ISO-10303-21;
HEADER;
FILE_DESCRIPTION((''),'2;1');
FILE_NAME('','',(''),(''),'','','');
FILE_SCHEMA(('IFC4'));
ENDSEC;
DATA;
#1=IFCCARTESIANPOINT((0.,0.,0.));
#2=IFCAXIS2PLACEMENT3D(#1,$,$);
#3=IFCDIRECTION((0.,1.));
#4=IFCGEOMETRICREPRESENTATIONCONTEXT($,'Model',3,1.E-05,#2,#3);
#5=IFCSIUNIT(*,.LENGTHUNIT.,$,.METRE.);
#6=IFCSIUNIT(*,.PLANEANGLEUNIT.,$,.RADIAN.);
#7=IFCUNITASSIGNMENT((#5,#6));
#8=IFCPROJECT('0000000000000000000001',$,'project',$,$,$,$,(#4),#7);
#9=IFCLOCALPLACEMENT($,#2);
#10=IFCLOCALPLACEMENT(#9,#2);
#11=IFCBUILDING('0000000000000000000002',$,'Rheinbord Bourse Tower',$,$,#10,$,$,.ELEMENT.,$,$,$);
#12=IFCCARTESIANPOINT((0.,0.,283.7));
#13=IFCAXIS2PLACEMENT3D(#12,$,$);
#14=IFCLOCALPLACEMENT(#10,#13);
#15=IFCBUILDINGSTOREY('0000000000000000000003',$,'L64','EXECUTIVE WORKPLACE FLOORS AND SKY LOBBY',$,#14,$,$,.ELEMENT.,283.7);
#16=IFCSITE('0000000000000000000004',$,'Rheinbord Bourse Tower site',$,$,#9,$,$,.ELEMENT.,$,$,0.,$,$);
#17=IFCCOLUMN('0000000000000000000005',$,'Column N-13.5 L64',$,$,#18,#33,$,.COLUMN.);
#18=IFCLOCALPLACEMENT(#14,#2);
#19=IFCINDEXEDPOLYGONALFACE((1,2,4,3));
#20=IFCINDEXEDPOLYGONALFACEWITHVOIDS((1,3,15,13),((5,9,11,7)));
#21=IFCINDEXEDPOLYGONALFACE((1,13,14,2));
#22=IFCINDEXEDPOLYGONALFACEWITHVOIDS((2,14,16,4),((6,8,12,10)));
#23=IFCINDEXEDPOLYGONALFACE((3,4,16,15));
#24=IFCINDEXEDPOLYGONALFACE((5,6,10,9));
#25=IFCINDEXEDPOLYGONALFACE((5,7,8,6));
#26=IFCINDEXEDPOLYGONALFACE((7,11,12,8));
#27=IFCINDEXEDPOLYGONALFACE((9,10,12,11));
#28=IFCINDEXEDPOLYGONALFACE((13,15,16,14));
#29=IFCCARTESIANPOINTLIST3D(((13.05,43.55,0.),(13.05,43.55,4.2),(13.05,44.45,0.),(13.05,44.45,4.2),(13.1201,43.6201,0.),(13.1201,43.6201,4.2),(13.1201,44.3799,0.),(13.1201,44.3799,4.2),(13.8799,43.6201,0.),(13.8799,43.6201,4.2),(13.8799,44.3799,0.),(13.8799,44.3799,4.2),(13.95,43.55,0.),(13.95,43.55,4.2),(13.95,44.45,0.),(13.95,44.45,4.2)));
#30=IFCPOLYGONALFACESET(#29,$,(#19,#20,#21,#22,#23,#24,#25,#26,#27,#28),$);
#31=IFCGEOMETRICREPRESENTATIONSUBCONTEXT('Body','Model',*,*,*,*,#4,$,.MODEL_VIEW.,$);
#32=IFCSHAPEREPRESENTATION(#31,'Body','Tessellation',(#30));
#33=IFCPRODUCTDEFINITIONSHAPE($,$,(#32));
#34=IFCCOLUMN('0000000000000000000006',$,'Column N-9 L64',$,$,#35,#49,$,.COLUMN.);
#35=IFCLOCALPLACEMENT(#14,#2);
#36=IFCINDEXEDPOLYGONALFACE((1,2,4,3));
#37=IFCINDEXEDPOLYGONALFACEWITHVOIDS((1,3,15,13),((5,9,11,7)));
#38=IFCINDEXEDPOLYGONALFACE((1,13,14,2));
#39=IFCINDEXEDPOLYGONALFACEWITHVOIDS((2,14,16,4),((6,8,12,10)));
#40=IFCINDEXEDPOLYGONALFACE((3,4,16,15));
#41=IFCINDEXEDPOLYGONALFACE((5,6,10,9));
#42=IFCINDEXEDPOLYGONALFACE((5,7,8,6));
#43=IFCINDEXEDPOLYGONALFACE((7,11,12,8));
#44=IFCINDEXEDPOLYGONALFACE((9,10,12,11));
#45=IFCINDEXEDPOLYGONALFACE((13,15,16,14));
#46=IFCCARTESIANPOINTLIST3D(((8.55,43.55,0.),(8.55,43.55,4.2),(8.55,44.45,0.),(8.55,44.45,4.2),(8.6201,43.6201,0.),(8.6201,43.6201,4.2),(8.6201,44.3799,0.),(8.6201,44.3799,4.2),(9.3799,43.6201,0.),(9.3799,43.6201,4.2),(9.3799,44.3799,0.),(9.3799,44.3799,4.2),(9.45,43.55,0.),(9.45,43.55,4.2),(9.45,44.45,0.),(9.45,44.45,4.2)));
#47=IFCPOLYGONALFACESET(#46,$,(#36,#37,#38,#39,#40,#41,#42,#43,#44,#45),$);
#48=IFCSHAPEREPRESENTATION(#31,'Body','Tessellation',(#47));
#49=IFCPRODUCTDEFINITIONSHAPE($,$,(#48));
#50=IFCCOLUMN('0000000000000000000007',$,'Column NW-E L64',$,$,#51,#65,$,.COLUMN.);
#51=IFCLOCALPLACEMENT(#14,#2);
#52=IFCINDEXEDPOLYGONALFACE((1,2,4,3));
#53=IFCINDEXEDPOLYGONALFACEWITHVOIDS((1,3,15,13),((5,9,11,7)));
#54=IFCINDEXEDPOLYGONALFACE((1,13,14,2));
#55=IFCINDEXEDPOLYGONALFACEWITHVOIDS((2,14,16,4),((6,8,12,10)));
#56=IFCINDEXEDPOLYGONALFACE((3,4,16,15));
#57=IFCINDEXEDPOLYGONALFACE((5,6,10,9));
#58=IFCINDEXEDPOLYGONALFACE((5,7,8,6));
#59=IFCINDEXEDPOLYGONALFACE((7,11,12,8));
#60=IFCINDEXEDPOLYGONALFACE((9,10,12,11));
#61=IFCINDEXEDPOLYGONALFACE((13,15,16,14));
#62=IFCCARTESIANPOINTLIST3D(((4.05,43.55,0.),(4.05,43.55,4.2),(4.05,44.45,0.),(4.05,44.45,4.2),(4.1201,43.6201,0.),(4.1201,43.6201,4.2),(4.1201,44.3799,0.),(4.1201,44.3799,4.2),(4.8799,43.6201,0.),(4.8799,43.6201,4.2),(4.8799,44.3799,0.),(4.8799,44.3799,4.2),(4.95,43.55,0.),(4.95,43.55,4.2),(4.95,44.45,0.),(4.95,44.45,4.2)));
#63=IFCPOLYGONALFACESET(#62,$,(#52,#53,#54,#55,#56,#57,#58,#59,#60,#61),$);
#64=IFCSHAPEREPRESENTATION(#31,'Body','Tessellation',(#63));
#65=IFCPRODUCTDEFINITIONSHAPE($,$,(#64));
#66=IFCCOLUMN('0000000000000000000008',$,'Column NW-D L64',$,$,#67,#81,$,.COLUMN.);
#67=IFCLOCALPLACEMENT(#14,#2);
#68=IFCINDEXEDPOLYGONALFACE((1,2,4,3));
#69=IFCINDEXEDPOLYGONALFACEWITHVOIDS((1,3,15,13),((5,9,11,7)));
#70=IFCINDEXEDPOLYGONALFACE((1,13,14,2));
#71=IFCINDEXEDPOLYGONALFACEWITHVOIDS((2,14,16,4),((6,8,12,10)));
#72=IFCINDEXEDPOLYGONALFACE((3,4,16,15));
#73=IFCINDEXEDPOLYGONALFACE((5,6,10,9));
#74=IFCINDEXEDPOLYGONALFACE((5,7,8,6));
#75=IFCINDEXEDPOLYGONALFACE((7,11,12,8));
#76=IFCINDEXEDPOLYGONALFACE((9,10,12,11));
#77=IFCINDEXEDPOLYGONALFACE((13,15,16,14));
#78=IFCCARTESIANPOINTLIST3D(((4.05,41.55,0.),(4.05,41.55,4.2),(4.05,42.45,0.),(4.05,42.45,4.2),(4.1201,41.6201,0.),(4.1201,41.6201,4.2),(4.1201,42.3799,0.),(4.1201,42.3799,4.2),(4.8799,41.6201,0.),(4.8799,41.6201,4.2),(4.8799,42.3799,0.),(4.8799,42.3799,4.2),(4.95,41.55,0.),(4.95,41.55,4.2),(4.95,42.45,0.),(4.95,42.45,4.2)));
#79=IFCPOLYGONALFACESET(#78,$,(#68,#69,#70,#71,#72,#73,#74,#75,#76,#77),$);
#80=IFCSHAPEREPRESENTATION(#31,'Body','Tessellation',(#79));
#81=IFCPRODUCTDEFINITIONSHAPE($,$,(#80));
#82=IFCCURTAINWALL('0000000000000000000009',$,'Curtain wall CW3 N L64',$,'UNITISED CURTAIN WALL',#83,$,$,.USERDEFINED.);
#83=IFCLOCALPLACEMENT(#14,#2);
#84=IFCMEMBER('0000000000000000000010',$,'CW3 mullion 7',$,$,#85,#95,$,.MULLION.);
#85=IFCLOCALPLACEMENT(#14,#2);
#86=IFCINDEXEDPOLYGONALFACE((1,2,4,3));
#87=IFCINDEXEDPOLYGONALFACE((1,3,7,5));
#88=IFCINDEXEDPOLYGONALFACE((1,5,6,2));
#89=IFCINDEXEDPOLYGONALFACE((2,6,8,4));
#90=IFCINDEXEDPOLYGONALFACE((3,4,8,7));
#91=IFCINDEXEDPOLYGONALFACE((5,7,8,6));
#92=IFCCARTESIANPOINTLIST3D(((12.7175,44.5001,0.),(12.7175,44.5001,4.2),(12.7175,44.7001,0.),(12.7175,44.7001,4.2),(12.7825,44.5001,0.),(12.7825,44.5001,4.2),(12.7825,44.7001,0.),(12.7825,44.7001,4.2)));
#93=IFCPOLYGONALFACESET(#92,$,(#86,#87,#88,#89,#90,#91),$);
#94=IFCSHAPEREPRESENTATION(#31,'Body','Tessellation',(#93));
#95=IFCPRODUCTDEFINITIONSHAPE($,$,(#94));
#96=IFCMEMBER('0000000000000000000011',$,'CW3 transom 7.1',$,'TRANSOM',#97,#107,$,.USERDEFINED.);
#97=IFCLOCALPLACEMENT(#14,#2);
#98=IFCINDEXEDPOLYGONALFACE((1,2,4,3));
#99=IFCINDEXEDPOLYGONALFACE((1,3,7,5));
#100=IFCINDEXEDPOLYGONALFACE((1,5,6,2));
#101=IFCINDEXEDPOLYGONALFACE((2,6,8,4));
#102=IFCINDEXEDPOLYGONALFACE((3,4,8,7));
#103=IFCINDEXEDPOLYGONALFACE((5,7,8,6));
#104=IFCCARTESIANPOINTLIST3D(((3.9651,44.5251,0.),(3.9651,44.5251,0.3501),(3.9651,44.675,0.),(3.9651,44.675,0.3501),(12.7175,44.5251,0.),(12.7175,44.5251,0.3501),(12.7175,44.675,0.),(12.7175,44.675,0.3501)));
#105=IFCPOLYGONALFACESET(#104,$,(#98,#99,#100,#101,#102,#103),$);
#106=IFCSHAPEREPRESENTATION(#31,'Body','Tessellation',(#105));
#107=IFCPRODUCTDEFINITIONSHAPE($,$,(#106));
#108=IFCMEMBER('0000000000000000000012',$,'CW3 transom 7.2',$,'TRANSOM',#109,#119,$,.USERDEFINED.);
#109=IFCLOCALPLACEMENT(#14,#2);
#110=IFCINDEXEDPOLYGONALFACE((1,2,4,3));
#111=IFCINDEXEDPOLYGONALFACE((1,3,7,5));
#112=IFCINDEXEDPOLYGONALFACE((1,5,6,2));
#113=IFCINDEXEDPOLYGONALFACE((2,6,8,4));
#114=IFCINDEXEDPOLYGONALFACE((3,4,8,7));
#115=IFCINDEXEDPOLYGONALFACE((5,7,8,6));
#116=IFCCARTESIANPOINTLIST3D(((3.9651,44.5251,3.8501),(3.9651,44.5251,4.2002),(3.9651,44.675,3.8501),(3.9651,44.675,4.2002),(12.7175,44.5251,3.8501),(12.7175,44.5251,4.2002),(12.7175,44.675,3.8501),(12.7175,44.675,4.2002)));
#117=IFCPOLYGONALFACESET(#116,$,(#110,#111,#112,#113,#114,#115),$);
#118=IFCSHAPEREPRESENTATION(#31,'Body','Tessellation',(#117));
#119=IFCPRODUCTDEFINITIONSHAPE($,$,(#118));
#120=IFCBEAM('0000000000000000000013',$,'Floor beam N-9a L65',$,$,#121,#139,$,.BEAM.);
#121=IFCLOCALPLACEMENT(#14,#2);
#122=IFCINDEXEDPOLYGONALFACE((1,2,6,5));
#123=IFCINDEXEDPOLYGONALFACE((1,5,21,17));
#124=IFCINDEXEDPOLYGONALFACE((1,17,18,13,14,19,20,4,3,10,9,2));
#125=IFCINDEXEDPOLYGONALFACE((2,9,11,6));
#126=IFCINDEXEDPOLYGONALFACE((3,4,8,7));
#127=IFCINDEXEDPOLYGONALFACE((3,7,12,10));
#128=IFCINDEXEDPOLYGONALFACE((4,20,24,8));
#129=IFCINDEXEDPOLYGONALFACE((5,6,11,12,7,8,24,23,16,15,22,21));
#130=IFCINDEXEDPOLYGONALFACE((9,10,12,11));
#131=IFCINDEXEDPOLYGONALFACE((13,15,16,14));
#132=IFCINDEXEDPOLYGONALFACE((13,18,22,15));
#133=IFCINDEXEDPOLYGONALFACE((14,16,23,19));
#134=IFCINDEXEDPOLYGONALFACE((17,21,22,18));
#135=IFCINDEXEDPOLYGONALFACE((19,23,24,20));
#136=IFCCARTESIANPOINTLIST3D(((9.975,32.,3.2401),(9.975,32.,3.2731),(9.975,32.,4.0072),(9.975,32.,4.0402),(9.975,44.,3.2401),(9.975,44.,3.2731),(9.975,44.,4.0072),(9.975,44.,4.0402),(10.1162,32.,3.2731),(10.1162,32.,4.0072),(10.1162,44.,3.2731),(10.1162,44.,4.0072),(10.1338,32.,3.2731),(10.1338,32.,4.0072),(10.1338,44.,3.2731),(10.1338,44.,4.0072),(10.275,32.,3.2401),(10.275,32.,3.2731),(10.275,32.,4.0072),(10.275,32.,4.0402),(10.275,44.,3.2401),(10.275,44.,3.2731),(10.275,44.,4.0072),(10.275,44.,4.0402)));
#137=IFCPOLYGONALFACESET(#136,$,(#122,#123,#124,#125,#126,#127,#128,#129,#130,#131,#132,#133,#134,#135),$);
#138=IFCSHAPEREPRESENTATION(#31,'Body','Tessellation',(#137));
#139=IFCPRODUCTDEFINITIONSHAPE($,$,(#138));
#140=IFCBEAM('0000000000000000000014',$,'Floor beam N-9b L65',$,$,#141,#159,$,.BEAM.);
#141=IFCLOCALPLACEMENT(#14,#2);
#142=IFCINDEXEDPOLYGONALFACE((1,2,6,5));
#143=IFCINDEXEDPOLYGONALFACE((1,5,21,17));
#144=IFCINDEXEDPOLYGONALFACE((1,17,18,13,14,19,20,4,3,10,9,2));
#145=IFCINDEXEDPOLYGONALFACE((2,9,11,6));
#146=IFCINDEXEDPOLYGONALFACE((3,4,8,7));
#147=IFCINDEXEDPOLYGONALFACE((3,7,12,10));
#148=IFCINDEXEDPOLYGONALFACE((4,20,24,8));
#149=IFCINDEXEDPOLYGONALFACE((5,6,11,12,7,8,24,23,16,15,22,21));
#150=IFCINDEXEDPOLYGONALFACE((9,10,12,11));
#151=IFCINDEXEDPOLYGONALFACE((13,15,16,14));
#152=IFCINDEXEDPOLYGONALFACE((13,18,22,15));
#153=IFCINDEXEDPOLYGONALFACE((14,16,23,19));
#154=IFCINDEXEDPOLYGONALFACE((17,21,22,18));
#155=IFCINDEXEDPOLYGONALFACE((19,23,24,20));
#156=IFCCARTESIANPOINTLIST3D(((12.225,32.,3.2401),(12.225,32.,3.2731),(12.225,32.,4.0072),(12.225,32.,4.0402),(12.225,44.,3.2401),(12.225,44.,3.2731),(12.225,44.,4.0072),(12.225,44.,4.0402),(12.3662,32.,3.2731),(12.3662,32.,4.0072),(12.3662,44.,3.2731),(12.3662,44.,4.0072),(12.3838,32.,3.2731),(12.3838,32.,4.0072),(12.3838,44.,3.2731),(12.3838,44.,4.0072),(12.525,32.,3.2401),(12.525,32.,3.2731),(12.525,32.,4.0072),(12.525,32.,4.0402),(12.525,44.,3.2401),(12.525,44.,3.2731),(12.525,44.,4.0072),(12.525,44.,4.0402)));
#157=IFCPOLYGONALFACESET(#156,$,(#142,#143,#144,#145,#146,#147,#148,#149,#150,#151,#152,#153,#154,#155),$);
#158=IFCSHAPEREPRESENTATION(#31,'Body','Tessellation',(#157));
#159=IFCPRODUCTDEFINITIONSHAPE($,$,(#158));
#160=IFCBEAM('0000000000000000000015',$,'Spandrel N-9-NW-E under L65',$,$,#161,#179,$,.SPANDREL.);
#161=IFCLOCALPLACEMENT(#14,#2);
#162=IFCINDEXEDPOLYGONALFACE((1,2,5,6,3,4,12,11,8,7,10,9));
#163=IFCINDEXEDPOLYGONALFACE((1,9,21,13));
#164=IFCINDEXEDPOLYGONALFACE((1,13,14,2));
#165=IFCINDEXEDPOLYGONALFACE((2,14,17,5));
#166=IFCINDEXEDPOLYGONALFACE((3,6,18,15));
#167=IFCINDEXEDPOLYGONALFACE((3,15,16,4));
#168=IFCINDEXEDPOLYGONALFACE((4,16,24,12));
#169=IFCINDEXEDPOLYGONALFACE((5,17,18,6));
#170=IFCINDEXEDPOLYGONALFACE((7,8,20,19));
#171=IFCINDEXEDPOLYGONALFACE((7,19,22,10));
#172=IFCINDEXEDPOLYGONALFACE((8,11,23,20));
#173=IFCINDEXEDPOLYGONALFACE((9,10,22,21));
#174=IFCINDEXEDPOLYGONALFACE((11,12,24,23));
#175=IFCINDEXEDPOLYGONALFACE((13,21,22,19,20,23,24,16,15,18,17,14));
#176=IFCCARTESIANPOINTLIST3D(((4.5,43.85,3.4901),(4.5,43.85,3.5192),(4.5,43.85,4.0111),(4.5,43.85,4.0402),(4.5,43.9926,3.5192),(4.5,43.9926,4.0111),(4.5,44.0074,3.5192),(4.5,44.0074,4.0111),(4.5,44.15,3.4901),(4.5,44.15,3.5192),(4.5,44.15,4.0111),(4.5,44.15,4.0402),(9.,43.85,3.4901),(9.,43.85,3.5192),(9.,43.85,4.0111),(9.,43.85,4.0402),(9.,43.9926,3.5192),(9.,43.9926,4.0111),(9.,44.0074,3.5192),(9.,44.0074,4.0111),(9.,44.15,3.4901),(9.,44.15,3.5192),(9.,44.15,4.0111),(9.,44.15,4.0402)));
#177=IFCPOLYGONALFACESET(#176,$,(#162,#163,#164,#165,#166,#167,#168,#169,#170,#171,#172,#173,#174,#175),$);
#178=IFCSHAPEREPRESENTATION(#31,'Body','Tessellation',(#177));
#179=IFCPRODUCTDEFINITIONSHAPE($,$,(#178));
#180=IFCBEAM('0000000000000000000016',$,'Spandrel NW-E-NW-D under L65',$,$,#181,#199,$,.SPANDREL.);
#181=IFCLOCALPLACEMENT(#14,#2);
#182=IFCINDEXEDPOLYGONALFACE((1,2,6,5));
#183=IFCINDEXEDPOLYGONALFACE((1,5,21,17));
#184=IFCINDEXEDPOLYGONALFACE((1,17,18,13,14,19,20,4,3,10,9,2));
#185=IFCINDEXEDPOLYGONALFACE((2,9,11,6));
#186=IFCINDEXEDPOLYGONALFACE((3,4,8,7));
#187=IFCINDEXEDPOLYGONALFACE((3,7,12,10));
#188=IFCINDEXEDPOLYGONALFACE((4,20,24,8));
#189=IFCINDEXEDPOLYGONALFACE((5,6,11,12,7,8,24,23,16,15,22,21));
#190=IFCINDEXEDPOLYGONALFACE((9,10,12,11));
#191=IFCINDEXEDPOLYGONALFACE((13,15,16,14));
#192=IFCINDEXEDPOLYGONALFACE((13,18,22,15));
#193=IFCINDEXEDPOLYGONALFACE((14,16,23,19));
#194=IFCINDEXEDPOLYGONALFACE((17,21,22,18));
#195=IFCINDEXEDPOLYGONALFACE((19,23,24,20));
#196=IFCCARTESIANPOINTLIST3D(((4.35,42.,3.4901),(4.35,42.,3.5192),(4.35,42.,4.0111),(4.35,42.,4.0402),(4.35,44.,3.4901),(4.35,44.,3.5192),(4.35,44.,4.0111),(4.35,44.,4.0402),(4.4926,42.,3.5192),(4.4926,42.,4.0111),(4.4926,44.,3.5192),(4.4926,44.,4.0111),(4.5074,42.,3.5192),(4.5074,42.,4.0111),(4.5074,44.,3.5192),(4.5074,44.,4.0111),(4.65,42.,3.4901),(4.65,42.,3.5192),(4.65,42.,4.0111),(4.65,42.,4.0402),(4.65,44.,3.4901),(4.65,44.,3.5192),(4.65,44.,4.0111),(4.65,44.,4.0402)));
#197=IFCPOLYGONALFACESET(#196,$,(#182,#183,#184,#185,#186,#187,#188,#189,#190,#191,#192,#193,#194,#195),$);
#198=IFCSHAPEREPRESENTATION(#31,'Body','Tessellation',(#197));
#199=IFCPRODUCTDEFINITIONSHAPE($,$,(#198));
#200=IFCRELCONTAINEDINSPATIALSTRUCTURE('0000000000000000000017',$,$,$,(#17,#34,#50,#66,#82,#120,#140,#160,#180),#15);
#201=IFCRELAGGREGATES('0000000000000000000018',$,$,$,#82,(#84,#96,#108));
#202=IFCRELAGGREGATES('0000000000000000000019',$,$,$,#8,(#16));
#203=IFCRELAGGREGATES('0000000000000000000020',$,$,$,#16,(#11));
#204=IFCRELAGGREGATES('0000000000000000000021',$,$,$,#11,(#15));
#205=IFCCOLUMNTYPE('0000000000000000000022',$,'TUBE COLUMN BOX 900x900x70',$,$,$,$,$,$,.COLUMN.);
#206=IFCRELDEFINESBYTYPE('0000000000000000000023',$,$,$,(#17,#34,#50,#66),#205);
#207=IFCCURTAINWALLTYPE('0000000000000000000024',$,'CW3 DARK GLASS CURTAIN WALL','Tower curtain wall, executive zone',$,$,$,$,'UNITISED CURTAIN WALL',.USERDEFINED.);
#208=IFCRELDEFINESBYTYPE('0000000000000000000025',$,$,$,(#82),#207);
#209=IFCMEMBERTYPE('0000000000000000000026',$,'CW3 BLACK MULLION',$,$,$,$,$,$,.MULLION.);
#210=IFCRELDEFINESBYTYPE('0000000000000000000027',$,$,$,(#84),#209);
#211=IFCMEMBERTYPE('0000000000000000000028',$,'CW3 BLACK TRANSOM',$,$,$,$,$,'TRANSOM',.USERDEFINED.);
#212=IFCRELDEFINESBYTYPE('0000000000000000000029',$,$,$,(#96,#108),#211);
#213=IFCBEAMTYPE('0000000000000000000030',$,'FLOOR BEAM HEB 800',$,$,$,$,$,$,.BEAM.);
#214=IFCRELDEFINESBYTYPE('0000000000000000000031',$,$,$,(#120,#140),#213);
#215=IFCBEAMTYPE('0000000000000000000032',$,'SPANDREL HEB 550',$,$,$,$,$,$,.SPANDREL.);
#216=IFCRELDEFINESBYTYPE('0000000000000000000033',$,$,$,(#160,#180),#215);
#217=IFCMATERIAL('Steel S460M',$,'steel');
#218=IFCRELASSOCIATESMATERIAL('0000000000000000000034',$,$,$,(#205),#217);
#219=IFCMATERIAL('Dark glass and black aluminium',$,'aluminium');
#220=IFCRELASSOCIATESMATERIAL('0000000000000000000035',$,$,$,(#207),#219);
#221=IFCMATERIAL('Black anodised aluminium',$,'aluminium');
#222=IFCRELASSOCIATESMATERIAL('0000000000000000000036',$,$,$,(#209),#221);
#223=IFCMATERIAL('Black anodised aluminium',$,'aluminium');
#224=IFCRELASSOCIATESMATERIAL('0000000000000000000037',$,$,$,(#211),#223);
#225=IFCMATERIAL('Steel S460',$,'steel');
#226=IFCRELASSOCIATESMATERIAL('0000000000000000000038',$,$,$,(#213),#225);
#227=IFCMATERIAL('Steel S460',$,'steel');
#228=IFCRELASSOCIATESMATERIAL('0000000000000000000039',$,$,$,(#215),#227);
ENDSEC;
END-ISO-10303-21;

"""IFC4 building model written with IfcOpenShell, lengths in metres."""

from ifc_helpers import new_model, si_unit, direction, frame, origin, origin_2d, place, context, subcontext, project, spatial, rectangle, hollow_rectangle, i_section, extrude, material, material_profile, profile_set, type_object, element, aggregate, save


model = new_model("IFC4")

# Units and contexts
model_context = context("Model", 3, precision=1e-05, world=origin(), true_north=direction((0.0, 1.0)))
body_context = subcontext(model_context, "Body", "Model", "MODEL_VIEW")
ifc_project = project(units=[si_unit("LENGTHUNIT", "METRE"), si_unit("PLANEANGLEUNIT", "RADIAN")], contexts=[model_context])

# Site, building, storey
site_placement = place(None, origin())
site = spatial("IfcSite", under=ifc_project, at=site_placement, Name="Rheinbord Bourse Tower site", CompositionType="ELEMENT", RefElevation=0.0)
building_placement = place(site_placement, origin())
building = spatial("IfcBuilding", under=site, at=building_placement, Name="Rheinbord Bourse Tower", CompositionType="ELEMENT")
storey_placement = place(building_placement, frame((0.0, 0.0, 283.7)))
storey = spatial("IfcBuildingStorey", under=building, at=storey_placement, Name="L64", Description="EXECUTIVE WORKPLACE FLOORS AND SKY LOBBY", CompositionType="ELEMENT", Elevation=283.7)

# Columns
ifc_material_1 = material(Name="Steel S460M", Category="steel")
ifc_material_profile_1 = material_profile(ifc_material_1, hollow_rectangle(XDim=0.8999, YDim=0.8999, WallThickness=0.0701, at=origin_2d()), Name="BOX 900x900x70")
ifc_profile_set_1 = profile_set([ifc_material_profile_1], Name="Steel S460M")
column_type = type_object("IfcColumnType", Name="TUBE COLUMN BOX 900x900x70", PredefinedType="COLUMN", material=ifc_profile_set_1)
for number, where, z_axis, x_axis, name in (
    (1, (13.5, 44.0, 0.0), (0.0, 0.0, 1.0), (0.0, 1.0, 0.0), "Column N-13.5 L64"),
    (2, (9.0, 44.0, 0.0), (0.0, 0.0, 1.0), (0.0, 1.0, 0.0), "Column N-9 L64"),
    (3, (4.5, 44.0, 0.0), (0.0, 0.0, 1.0), (0.0, 1.0, 0.0), "Column NW-E L64"),
    (4, (4.5, 42.0, 0.0), (0.0, 0.0, 1.0), (0.0, 1.0, 0.0), "Column NW-D L64"),
):
    element("IfcColumn", number, at=place(storey_placement, frame(where, z_axis=z_axis, x_axis=x_axis)), inside=storey, type_object=column_type, Name=name, PredefinedType="COLUMN", context=body_context, shape_type="SweptSolid", body=[
        extrude(hollow_rectangle(XDim=0.8999, YDim=0.8999, WallThickness=0.0701, at=origin_2d()), origin(), (0.0, 0.0, 1.0), 4.2),
    ])

# Curtain wall, members
ifc_material_2 = material(Name="Dark glass and black aluminium", Category="aluminium")
curtain_wall_type = type_object("IfcCurtainWallType", Name="CW3 DARK GLASS CURTAIN WALL", Description="Tower curtain wall, executive zone", ElementType="UNITISED CURTAIN WALL", PredefinedType="USERDEFINED", material=ifc_material_2)
curtain_wall_placement = place(storey_placement, origin())
curtain_wall = element("IfcCurtainWall", 5, at=curtain_wall_placement, inside=storey, type_object=curtain_wall_type, Name="Curtain wall CW3 N L64", ObjectType="UNITISED CURTAIN WALL", PredefinedType="USERDEFINED")
ifc_material_3 = material(Name="Black anodised aluminium", Category="aluminium")
ifc_material_profile_2 = material_profile(ifc_material_3, rectangle(XDim=0.2, YDim=0.0649, at=origin_2d()), Name="CW3 MULLION 65x200")
ifc_profile_set_2 = profile_set([ifc_material_profile_2], Name="Black anodised aluminium")
member_type_1 = type_object("IfcMemberType", Name="CW3 BLACK MULLION", PredefinedType="MULLION", material=ifc_profile_set_2)
member_1_placement = place(storey_placement, frame((12.75, 44.6001, 0.0), z_axis=(0.0, 0.0, 1.0), x_axis=(0.0, -1.0, 0.0)))
member_1 = element("IfcMember", 6, at=member_1_placement, type_object=member_type_1, Name="CW3 mullion 7", PredefinedType="MULLION", context=body_context, shape_type="SweptSolid", body=[
    extrude(rectangle(XDim=0.2, YDim=0.0649, at=origin_2d()), origin(), (0.0, 0.0, 1.0), 4.2),
])
ifc_material_4 = material(Name="Black anodised aluminium", Category="aluminium")
ifc_material_profile_3 = material_profile(ifc_material_4, rectangle(XDim=0.1499, YDim=0.3501, at=origin_2d()), Name="CW3 TRANSOM 350x150")
ifc_profile_set_3 = profile_set([ifc_material_profile_3], Name="Black anodised aluminium")
member_type_2 = type_object("IfcMemberType", Name="CW3 BLACK TRANSOM", ElementType="TRANSOM", PredefinedType="USERDEFINED", material=ifc_profile_set_3)
member_2_placement = place(storey_placement, frame((12.7175, 44.6001, 0.175), z_axis=(-1.0, 0.0, 0.0), x_axis=(0.0, -1.0, 0.0)))
member_2 = element("IfcMember", 7, at=member_2_placement, type_object=member_type_2, Name="CW3 transom 7.1", ObjectType="TRANSOM", PredefinedType="USERDEFINED", context=body_context, shape_type="SweptSolid", body=[
    extrude(rectangle(XDim=0.1499, YDim=0.3501, at=origin_2d()), origin(), (0.0, 0.0, 1.0), 8.7524),
])
member_3_placement = place(storey_placement, frame((12.7175, 44.6001, 4.0251), z_axis=(-1.0, 0.0, 0.0), x_axis=(0.0, -1.0, 0.0)))
member_3 = element("IfcMember", 8, at=member_3_placement, type_object=member_type_2, Name="CW3 transom 7.2", ObjectType="TRANSOM", PredefinedType="USERDEFINED", context=body_context, shape_type="SweptSolid", body=[
    extrude(rectangle(XDim=0.1499, YDim=0.3501, at=origin_2d()), origin(), (0.0, 0.0, 1.0), 8.7524),
])

# Beams
ifc_material_5 = material(Name="Steel S460", Category="steel")
ifc_material_profile_4 = material_profile(ifc_material_5, i_section(OverallWidth=0.3, OverallDepth=0.8, WebThickness=0.0176, FlangeThickness=0.033, at=origin_2d()), Name="HEB 800")
ifc_profile_set_4 = profile_set([ifc_material_profile_4], Name="Steel S460")
beam_type_1 = type_object("IfcBeamType", Name="FLOOR BEAM HEB 800", PredefinedType="BEAM", material=ifc_profile_set_4)
for number, where, z_axis, x_axis, name in (
    (9, (10.125, 44.0, 3.6401), (0.0, -1.0, 0.0), (1.0, 0.0, 0.0), "Floor beam N-9a L65"),
    (10, (12.375, 44.0, 3.6401), (0.0, -1.0, 0.0), (1.0, 0.0, 0.0), "Floor beam N-9b L65"),
):
    element("IfcBeam", number, at=place(storey_placement, frame(where, z_axis=z_axis, x_axis=x_axis)), inside=storey, type_object=beam_type_1, Name=name, PredefinedType="BEAM", context=body_context, shape_type="SweptSolid", body=[
        extrude(i_section(OverallWidth=0.3, OverallDepth=0.8, WebThickness=0.0176, FlangeThickness=0.033, at=origin_2d()), origin(), (0.0, 0.0, 1.0), 12.0),
    ])
ifc_material_6 = material(Name="Steel S460", Category="steel")
ifc_material_profile_5 = material_profile(ifc_material_6, i_section(OverallWidth=0.3, OverallDepth=0.55, WebThickness=0.0149, FlangeThickness=0.0291, at=origin_2d()), Name="HEB 550")
ifc_profile_set_5 = profile_set([ifc_material_profile_5], Name="Steel S460")
beam_type_2 = type_object("IfcBeamType", Name="SPANDREL HEB 550", PredefinedType="SPANDREL", material=ifc_profile_set_5)
beam_1_placement = place(storey_placement, frame((9.0, 44.0, 3.7651), z_axis=(-1.0, 0.0, 0.0), x_axis=(0.0, -1.0, 0.0)))
element("IfcBeam", 11, at=beam_1_placement, inside=storey, type_object=beam_type_2, Name="Spandrel N-9-NW-E under L65", PredefinedType="SPANDREL", context=body_context, shape_type="SweptSolid", body=[
    extrude(i_section(OverallWidth=0.3, OverallDepth=0.55, WebThickness=0.0149, FlangeThickness=0.0291, at=origin_2d()), origin(), (0.0, 0.0, 1.0), 4.5),
])
beam_2_placement = place(storey_placement, frame((4.5, 44.0, 3.7651), z_axis=(0.0, -1.0, 0.0), x_axis=(1.0, 0.0, 0.0)))
element("IfcBeam", 12, at=beam_2_placement, inside=storey, type_object=beam_type_2, Name="Spandrel NW-E-NW-D under L65", PredefinedType="SPANDREL", context=body_context, shape_type="SweptSolid", body=[
    extrude(i_section(OverallWidth=0.3, OverallDepth=0.55, WebThickness=0.0149, FlangeThickness=0.0291, at=origin_2d()), origin(), (0.0, 0.0, 1.0), 2.0),
])

aggregate(curtain_wall, [member_1, member_2, member_3])

save(model, "model.ifc")
